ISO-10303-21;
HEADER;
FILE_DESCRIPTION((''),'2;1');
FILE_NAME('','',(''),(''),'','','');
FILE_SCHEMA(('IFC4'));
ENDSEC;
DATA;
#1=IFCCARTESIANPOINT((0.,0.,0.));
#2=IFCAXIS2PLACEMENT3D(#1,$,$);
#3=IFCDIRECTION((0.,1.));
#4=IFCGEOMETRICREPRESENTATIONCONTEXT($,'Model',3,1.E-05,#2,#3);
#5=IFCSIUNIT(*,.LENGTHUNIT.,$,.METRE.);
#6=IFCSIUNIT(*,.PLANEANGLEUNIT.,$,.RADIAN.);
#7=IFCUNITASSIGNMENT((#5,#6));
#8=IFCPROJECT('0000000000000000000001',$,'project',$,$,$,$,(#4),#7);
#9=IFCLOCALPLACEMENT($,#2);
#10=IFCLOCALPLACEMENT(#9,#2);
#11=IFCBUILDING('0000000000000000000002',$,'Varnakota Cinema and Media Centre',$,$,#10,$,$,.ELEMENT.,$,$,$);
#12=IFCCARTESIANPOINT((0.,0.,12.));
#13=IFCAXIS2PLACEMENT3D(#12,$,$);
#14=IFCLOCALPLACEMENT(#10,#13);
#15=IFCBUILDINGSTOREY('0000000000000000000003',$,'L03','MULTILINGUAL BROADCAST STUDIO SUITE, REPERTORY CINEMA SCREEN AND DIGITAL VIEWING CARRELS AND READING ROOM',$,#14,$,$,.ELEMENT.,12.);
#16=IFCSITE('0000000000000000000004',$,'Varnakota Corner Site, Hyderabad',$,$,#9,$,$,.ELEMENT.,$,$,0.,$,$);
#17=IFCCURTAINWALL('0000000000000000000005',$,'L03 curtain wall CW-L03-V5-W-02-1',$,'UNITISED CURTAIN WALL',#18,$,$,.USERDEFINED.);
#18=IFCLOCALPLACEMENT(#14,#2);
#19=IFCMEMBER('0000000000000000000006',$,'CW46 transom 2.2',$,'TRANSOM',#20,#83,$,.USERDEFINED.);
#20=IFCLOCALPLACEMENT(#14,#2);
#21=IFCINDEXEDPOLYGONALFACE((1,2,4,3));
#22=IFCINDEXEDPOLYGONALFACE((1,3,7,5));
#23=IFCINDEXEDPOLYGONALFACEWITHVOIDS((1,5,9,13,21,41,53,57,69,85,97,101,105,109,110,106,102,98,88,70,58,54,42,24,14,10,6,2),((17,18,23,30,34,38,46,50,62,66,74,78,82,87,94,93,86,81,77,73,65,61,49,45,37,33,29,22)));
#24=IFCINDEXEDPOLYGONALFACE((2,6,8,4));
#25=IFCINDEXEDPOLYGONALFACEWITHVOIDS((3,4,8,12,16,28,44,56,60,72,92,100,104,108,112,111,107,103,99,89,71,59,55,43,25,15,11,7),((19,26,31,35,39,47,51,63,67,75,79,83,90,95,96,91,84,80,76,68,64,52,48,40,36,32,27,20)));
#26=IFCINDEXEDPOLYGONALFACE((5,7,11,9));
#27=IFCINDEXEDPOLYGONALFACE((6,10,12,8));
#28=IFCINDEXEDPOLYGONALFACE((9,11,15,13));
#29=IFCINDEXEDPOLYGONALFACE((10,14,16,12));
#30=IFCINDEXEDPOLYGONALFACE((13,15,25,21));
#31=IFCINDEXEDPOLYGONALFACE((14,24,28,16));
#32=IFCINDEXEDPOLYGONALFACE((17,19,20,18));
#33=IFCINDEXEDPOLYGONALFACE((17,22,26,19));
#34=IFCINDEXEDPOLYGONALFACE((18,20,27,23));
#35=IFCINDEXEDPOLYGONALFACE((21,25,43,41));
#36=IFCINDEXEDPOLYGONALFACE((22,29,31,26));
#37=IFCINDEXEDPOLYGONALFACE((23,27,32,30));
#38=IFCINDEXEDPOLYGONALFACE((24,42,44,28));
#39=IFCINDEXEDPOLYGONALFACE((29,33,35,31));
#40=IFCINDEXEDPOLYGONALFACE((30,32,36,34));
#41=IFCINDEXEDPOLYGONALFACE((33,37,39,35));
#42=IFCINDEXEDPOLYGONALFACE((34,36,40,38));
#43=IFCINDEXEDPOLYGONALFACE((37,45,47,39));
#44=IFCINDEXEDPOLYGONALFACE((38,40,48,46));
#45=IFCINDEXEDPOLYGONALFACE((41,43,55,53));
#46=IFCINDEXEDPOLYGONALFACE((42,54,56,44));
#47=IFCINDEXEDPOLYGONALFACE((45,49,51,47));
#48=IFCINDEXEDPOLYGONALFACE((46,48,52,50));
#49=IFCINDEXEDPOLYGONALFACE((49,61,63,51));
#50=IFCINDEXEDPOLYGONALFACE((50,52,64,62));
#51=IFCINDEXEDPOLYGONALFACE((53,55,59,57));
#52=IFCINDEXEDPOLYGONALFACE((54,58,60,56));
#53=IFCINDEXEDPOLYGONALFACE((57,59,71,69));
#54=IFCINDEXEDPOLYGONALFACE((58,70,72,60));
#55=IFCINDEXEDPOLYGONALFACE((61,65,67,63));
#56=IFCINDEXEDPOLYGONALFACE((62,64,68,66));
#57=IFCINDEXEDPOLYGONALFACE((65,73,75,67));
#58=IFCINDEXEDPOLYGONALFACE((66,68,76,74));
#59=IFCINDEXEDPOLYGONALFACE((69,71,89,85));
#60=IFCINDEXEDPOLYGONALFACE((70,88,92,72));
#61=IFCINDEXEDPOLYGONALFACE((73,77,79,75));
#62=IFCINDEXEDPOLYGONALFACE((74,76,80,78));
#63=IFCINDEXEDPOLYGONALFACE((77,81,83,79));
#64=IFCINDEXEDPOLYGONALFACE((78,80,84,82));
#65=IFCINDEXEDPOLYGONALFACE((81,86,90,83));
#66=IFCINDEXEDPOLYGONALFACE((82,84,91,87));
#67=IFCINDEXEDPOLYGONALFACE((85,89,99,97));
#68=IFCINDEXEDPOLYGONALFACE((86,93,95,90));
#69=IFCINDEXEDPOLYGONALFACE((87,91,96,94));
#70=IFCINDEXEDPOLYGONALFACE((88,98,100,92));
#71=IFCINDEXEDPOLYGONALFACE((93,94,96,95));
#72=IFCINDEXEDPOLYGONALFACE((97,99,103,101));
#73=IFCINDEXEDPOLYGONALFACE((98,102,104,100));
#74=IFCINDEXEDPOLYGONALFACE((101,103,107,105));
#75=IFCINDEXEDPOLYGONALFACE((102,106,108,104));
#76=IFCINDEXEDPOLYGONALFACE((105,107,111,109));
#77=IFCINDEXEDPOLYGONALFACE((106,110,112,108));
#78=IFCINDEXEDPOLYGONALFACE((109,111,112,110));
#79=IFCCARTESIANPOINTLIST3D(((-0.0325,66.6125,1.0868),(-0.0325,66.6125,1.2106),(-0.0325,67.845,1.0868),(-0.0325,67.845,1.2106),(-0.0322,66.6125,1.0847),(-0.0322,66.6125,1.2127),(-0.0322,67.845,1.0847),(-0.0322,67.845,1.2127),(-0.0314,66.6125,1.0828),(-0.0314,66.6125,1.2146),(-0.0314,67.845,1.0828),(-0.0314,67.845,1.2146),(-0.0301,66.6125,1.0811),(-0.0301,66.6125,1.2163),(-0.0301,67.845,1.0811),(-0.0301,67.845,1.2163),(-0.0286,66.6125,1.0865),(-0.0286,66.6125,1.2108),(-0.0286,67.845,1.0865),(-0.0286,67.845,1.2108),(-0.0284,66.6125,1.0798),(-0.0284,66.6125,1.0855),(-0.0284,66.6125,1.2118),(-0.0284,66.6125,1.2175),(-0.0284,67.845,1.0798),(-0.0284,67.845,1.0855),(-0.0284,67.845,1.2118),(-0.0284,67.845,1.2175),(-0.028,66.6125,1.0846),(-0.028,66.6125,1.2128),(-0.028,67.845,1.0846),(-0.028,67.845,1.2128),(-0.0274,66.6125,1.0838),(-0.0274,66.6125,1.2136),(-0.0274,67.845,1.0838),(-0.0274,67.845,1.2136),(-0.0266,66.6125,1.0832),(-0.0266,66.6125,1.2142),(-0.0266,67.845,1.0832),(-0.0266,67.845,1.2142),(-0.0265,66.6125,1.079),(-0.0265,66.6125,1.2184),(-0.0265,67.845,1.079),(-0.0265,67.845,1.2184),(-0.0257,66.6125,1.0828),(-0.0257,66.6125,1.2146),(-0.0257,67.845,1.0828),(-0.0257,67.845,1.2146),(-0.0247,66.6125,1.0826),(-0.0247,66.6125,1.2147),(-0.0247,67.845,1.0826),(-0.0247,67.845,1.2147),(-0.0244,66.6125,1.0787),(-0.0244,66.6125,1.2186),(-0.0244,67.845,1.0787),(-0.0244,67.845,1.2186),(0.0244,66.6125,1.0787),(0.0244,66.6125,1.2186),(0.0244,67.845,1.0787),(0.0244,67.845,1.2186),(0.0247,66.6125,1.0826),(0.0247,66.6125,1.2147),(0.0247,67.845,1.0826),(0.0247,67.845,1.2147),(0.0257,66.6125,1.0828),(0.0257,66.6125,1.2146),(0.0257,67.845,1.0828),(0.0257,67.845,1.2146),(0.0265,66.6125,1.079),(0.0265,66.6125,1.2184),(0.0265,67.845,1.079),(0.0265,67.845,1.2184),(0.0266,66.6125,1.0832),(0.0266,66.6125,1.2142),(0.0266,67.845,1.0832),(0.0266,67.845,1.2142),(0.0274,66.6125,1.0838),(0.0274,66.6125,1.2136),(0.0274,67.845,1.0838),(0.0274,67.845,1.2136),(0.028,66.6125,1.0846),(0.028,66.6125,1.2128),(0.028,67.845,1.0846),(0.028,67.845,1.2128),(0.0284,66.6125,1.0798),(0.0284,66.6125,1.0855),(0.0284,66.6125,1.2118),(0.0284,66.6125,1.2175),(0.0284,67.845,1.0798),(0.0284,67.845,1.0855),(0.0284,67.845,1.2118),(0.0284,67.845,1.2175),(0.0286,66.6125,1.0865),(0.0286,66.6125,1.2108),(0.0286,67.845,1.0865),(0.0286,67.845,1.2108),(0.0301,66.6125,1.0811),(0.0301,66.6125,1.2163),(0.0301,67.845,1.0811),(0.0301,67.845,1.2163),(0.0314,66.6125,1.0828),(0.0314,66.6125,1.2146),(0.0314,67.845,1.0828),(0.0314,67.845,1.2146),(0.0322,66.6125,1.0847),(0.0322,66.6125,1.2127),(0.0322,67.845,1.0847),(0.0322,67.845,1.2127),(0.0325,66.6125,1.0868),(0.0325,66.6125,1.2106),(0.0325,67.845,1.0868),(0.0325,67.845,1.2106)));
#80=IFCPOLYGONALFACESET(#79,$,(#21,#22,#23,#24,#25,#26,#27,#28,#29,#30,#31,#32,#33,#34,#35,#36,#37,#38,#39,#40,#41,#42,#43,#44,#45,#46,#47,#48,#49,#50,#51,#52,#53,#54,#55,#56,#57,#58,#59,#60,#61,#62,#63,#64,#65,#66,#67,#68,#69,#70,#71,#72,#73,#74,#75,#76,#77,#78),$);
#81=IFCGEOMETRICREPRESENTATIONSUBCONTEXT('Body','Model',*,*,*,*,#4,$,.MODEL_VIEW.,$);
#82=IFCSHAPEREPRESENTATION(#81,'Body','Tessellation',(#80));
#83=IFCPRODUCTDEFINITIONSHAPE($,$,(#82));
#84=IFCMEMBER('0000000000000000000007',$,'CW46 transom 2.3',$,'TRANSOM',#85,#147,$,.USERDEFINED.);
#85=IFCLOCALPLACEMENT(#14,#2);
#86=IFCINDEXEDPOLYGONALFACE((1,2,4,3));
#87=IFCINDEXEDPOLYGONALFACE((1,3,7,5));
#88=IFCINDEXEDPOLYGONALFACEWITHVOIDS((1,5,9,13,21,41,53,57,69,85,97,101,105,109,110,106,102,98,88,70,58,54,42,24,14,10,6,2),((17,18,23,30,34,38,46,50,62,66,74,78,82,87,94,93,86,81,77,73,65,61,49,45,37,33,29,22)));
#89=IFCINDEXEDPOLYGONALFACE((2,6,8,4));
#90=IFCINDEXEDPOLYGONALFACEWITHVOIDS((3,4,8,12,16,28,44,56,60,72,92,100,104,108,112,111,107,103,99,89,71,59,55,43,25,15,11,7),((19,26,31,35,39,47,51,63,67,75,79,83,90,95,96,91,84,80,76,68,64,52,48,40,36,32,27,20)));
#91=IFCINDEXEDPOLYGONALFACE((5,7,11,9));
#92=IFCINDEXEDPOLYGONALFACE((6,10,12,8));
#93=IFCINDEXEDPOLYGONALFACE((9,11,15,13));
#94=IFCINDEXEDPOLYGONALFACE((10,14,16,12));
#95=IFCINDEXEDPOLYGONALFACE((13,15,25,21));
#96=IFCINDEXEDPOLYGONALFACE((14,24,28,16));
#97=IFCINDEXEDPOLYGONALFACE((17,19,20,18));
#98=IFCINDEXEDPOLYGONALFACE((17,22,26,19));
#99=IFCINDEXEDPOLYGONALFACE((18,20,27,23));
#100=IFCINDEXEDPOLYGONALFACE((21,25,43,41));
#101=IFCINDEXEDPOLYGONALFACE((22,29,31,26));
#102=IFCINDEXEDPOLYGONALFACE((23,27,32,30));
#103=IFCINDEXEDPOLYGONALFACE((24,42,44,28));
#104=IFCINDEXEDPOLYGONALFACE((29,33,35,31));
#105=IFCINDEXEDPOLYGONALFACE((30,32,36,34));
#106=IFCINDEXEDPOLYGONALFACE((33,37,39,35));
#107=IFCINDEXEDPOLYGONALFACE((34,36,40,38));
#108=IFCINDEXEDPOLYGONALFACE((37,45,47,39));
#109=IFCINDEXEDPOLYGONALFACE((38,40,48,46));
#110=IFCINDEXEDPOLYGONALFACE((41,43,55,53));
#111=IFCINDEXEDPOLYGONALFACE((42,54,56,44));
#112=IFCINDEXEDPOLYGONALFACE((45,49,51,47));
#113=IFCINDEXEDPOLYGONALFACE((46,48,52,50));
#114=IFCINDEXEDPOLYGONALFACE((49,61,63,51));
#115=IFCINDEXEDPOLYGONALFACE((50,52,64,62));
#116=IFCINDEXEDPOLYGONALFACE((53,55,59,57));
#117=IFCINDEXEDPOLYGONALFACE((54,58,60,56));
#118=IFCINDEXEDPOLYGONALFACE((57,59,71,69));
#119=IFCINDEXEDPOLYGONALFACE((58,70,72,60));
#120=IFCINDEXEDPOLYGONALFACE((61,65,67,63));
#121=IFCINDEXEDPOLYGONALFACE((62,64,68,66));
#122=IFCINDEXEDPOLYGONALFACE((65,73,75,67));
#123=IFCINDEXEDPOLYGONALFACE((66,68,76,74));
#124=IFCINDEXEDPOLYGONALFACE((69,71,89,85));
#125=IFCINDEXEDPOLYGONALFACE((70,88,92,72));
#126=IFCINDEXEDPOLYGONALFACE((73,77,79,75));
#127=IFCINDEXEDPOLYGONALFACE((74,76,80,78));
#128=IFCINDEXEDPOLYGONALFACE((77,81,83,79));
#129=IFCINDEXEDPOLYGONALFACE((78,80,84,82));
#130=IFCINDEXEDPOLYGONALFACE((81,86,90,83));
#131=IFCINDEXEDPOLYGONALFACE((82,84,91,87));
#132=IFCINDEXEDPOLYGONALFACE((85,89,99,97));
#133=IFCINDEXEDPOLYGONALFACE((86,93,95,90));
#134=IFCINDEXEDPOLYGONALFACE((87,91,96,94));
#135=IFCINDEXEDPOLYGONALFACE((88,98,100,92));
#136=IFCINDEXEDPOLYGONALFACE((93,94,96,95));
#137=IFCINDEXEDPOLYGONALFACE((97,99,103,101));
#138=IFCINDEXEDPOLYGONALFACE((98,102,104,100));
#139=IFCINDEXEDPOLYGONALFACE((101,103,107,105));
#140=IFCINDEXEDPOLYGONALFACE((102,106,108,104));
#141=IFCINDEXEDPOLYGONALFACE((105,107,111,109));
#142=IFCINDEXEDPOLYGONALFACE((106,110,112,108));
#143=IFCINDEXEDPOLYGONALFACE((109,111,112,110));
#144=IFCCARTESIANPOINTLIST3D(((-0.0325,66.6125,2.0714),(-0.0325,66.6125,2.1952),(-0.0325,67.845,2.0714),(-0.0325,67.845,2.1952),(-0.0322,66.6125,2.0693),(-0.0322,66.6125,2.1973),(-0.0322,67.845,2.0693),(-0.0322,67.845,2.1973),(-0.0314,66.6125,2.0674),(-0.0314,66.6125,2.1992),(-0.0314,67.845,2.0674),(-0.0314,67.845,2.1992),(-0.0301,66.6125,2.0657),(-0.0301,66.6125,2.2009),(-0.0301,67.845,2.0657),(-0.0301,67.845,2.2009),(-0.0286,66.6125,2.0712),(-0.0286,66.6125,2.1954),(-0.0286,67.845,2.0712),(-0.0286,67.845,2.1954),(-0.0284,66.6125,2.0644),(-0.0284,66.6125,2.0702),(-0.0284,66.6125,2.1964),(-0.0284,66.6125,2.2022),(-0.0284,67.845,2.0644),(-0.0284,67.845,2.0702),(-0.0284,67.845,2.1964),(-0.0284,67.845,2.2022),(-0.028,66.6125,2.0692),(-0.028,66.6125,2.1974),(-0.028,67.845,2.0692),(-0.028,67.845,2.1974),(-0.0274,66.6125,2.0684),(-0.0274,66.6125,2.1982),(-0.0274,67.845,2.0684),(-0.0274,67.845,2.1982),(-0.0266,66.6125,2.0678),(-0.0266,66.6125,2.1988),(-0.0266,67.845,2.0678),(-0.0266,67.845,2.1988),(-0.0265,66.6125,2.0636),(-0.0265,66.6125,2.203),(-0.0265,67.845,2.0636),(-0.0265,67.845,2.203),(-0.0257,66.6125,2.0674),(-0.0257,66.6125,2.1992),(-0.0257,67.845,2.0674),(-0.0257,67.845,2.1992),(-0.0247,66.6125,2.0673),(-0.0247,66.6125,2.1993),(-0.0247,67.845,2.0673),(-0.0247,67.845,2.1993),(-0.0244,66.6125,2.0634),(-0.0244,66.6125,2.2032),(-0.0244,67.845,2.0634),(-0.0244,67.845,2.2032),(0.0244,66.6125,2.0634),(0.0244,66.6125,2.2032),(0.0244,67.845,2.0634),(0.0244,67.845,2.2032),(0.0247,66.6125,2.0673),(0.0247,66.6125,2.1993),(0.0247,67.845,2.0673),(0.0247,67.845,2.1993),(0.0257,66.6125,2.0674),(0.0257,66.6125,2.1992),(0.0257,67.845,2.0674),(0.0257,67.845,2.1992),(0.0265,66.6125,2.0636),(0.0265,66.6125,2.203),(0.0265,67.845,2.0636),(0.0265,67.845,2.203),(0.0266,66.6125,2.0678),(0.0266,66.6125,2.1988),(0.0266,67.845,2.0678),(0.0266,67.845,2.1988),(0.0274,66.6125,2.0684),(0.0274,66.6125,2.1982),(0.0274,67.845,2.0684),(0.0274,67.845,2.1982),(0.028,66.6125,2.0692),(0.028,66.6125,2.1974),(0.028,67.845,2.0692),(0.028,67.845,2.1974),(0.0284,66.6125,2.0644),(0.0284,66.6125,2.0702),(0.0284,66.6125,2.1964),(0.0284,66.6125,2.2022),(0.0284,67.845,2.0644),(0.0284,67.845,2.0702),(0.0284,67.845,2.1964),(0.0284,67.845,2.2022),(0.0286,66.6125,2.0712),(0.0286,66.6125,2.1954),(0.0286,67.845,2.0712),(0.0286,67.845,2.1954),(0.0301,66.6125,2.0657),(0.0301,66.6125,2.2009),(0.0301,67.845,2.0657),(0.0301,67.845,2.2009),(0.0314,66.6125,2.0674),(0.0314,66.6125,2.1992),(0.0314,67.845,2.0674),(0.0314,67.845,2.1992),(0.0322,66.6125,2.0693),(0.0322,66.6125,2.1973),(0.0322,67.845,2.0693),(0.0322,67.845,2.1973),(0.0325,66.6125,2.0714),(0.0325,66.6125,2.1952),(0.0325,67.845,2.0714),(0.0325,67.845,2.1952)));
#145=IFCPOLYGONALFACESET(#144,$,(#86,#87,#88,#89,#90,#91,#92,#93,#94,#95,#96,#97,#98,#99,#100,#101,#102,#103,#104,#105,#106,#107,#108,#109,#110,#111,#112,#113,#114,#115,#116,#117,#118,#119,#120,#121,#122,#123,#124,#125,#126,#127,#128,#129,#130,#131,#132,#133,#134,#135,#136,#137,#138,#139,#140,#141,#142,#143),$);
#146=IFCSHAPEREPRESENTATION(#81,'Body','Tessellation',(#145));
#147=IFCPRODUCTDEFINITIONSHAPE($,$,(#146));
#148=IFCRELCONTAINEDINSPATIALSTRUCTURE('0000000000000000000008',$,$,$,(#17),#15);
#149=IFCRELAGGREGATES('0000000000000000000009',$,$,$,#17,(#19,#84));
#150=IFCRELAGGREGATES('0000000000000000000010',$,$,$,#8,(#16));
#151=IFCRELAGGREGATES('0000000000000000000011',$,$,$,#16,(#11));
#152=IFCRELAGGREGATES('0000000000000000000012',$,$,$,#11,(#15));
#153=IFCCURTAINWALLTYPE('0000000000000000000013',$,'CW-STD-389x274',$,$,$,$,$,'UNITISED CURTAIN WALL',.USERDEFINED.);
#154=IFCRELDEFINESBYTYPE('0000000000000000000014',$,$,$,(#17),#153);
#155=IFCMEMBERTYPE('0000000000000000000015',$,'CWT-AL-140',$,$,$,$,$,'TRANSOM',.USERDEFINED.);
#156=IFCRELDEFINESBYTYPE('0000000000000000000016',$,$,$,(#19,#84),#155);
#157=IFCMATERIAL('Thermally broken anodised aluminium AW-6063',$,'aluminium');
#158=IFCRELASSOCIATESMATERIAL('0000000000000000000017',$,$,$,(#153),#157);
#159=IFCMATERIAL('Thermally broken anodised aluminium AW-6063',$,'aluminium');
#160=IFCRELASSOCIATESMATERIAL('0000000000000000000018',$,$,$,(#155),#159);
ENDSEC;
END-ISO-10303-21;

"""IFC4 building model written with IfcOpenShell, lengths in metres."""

from ifc_helpers import new_model, si_unit, direction, frame, origin, origin_2d, place, context, subcontext, project, spatial, hollow_rectangle, extrude, material, material_profile, profile_set, type_object, element, aggregate, save


model = new_model("IFC4")

# Units and contexts
model_context = context("Model", 3, precision=1e-05, world=origin(), true_north=direction((0.0, 1.0)))
body_context = subcontext(model_context, "Body", "Model", "MODEL_VIEW")
ifc_project = project(units=[si_unit("LENGTHUNIT", "METRE"), si_unit("PLANEANGLEUNIT", "RADIAN")], contexts=[model_context])

# Site, building, storey
site_placement = place(None, origin())
site = spatial("IfcSite", under=ifc_project, at=site_placement, Name="Varnakota Corner Site, Hyderabad", CompositionType="ELEMENT", RefElevation=0.0)
building_placement = place(site_placement, origin())
building = spatial("IfcBuilding", under=site, at=building_placement, Name="Varnakota Cinema and Media Centre", CompositionType="ELEMENT")
storey_placement = place(building_placement, frame((0.0, 0.0, 12.0)))
storey = spatial("IfcBuildingStorey", under=building, at=storey_placement, Name="L03", Description="MULTILINGUAL BROADCAST STUDIO SUITE, REPERTORY CINEMA SCREEN AND DIGITAL VIEWING CARRELS AND READING ROOM", CompositionType="ELEMENT", Elevation=12.0)

# Curtain wall, members
ifc_material_1 = material(Name="Thermally broken anodised aluminium AW-6063", Category="aluminium")
curtain_wall_type = type_object("IfcCurtainWallType", Name="CW-STD-389x274", ElementType="UNITISED CURTAIN WALL", PredefinedType="USERDEFINED", material=ifc_material_1)
curtain_wall_placement = place(storey_placement, origin())
curtain_wall = element("IfcCurtainWall", 1, at=curtain_wall_placement, inside=storey, type_object=curtain_wall_type, Name="L03 curtain wall CW-L03-V5-W-02-1", ObjectType="UNITISED CURTAIN WALL", PredefinedType="USERDEFINED")
ifc_material_2 = material(Name="Thermally broken anodised aluminium AW-6063", Category="aluminium")
ifc_material_profile_1 = material_profile(ifc_material_2, hollow_rectangle(XDim=0.0649, YDim=0.1399, WallThickness=0.0039, InnerFilletRadius=0.0039, OuterFilletRadius=0.0081, at=origin_2d()), Name="AL-TRANSOM 140x65x4")
ifc_profile_set_1 = profile_set([ifc_material_profile_1], Name="Thermally broken anodised aluminium AW-6063")
member_type_1 = type_object("IfcMemberType", Name="CWT-AL-140", ElementType="TRANSOM", PredefinedType="USERDEFINED", material=ifc_profile_set_1)
member_1_placement = place(storey_placement, frame((0.0, 67.845, 1.1487), z_axis=(0.0, -1.0, 0.0), x_axis=(1.0, 0.0, 0.0)))
member_1 = element("IfcMember", 2, at=member_1_placement, type_object=member_type_1, Name="CW46 transom 2.2", ObjectType="TRANSOM", PredefinedType="USERDEFINED", context=body_context, shape_type="SweptSolid", body=[
    extrude(hollow_rectangle(XDim=0.0649, YDim=0.1399, WallThickness=0.0039, InnerFilletRadius=0.0039, OuterFilletRadius=0.0081, at=origin_2d()), origin(), (0.0, 0.0, 1.0), 1.2324),
])
member_2_placement = place(storey_placement, frame((0.0, 67.845, 2.1333), z_axis=(0.0, -1.0, 0.0), x_axis=(1.0, 0.0, 0.0)))
member_2 = element("IfcMember", 3, at=member_2_placement, type_object=member_type_1, Name="CW46 transom 2.3", ObjectType="TRANSOM", PredefinedType="USERDEFINED", context=body_context, shape_type="SweptSolid", body=[
    extrude(hollow_rectangle(XDim=0.0649, YDim=0.1399, WallThickness=0.0039, InnerFilletRadius=0.0039, OuterFilletRadius=0.0081, at=origin_2d()), origin(), (0.0, 0.0, 1.0), 1.2324),
])
aggregate(curtain_wall, [member_1, member_2])

save(model, "model.ifc")
